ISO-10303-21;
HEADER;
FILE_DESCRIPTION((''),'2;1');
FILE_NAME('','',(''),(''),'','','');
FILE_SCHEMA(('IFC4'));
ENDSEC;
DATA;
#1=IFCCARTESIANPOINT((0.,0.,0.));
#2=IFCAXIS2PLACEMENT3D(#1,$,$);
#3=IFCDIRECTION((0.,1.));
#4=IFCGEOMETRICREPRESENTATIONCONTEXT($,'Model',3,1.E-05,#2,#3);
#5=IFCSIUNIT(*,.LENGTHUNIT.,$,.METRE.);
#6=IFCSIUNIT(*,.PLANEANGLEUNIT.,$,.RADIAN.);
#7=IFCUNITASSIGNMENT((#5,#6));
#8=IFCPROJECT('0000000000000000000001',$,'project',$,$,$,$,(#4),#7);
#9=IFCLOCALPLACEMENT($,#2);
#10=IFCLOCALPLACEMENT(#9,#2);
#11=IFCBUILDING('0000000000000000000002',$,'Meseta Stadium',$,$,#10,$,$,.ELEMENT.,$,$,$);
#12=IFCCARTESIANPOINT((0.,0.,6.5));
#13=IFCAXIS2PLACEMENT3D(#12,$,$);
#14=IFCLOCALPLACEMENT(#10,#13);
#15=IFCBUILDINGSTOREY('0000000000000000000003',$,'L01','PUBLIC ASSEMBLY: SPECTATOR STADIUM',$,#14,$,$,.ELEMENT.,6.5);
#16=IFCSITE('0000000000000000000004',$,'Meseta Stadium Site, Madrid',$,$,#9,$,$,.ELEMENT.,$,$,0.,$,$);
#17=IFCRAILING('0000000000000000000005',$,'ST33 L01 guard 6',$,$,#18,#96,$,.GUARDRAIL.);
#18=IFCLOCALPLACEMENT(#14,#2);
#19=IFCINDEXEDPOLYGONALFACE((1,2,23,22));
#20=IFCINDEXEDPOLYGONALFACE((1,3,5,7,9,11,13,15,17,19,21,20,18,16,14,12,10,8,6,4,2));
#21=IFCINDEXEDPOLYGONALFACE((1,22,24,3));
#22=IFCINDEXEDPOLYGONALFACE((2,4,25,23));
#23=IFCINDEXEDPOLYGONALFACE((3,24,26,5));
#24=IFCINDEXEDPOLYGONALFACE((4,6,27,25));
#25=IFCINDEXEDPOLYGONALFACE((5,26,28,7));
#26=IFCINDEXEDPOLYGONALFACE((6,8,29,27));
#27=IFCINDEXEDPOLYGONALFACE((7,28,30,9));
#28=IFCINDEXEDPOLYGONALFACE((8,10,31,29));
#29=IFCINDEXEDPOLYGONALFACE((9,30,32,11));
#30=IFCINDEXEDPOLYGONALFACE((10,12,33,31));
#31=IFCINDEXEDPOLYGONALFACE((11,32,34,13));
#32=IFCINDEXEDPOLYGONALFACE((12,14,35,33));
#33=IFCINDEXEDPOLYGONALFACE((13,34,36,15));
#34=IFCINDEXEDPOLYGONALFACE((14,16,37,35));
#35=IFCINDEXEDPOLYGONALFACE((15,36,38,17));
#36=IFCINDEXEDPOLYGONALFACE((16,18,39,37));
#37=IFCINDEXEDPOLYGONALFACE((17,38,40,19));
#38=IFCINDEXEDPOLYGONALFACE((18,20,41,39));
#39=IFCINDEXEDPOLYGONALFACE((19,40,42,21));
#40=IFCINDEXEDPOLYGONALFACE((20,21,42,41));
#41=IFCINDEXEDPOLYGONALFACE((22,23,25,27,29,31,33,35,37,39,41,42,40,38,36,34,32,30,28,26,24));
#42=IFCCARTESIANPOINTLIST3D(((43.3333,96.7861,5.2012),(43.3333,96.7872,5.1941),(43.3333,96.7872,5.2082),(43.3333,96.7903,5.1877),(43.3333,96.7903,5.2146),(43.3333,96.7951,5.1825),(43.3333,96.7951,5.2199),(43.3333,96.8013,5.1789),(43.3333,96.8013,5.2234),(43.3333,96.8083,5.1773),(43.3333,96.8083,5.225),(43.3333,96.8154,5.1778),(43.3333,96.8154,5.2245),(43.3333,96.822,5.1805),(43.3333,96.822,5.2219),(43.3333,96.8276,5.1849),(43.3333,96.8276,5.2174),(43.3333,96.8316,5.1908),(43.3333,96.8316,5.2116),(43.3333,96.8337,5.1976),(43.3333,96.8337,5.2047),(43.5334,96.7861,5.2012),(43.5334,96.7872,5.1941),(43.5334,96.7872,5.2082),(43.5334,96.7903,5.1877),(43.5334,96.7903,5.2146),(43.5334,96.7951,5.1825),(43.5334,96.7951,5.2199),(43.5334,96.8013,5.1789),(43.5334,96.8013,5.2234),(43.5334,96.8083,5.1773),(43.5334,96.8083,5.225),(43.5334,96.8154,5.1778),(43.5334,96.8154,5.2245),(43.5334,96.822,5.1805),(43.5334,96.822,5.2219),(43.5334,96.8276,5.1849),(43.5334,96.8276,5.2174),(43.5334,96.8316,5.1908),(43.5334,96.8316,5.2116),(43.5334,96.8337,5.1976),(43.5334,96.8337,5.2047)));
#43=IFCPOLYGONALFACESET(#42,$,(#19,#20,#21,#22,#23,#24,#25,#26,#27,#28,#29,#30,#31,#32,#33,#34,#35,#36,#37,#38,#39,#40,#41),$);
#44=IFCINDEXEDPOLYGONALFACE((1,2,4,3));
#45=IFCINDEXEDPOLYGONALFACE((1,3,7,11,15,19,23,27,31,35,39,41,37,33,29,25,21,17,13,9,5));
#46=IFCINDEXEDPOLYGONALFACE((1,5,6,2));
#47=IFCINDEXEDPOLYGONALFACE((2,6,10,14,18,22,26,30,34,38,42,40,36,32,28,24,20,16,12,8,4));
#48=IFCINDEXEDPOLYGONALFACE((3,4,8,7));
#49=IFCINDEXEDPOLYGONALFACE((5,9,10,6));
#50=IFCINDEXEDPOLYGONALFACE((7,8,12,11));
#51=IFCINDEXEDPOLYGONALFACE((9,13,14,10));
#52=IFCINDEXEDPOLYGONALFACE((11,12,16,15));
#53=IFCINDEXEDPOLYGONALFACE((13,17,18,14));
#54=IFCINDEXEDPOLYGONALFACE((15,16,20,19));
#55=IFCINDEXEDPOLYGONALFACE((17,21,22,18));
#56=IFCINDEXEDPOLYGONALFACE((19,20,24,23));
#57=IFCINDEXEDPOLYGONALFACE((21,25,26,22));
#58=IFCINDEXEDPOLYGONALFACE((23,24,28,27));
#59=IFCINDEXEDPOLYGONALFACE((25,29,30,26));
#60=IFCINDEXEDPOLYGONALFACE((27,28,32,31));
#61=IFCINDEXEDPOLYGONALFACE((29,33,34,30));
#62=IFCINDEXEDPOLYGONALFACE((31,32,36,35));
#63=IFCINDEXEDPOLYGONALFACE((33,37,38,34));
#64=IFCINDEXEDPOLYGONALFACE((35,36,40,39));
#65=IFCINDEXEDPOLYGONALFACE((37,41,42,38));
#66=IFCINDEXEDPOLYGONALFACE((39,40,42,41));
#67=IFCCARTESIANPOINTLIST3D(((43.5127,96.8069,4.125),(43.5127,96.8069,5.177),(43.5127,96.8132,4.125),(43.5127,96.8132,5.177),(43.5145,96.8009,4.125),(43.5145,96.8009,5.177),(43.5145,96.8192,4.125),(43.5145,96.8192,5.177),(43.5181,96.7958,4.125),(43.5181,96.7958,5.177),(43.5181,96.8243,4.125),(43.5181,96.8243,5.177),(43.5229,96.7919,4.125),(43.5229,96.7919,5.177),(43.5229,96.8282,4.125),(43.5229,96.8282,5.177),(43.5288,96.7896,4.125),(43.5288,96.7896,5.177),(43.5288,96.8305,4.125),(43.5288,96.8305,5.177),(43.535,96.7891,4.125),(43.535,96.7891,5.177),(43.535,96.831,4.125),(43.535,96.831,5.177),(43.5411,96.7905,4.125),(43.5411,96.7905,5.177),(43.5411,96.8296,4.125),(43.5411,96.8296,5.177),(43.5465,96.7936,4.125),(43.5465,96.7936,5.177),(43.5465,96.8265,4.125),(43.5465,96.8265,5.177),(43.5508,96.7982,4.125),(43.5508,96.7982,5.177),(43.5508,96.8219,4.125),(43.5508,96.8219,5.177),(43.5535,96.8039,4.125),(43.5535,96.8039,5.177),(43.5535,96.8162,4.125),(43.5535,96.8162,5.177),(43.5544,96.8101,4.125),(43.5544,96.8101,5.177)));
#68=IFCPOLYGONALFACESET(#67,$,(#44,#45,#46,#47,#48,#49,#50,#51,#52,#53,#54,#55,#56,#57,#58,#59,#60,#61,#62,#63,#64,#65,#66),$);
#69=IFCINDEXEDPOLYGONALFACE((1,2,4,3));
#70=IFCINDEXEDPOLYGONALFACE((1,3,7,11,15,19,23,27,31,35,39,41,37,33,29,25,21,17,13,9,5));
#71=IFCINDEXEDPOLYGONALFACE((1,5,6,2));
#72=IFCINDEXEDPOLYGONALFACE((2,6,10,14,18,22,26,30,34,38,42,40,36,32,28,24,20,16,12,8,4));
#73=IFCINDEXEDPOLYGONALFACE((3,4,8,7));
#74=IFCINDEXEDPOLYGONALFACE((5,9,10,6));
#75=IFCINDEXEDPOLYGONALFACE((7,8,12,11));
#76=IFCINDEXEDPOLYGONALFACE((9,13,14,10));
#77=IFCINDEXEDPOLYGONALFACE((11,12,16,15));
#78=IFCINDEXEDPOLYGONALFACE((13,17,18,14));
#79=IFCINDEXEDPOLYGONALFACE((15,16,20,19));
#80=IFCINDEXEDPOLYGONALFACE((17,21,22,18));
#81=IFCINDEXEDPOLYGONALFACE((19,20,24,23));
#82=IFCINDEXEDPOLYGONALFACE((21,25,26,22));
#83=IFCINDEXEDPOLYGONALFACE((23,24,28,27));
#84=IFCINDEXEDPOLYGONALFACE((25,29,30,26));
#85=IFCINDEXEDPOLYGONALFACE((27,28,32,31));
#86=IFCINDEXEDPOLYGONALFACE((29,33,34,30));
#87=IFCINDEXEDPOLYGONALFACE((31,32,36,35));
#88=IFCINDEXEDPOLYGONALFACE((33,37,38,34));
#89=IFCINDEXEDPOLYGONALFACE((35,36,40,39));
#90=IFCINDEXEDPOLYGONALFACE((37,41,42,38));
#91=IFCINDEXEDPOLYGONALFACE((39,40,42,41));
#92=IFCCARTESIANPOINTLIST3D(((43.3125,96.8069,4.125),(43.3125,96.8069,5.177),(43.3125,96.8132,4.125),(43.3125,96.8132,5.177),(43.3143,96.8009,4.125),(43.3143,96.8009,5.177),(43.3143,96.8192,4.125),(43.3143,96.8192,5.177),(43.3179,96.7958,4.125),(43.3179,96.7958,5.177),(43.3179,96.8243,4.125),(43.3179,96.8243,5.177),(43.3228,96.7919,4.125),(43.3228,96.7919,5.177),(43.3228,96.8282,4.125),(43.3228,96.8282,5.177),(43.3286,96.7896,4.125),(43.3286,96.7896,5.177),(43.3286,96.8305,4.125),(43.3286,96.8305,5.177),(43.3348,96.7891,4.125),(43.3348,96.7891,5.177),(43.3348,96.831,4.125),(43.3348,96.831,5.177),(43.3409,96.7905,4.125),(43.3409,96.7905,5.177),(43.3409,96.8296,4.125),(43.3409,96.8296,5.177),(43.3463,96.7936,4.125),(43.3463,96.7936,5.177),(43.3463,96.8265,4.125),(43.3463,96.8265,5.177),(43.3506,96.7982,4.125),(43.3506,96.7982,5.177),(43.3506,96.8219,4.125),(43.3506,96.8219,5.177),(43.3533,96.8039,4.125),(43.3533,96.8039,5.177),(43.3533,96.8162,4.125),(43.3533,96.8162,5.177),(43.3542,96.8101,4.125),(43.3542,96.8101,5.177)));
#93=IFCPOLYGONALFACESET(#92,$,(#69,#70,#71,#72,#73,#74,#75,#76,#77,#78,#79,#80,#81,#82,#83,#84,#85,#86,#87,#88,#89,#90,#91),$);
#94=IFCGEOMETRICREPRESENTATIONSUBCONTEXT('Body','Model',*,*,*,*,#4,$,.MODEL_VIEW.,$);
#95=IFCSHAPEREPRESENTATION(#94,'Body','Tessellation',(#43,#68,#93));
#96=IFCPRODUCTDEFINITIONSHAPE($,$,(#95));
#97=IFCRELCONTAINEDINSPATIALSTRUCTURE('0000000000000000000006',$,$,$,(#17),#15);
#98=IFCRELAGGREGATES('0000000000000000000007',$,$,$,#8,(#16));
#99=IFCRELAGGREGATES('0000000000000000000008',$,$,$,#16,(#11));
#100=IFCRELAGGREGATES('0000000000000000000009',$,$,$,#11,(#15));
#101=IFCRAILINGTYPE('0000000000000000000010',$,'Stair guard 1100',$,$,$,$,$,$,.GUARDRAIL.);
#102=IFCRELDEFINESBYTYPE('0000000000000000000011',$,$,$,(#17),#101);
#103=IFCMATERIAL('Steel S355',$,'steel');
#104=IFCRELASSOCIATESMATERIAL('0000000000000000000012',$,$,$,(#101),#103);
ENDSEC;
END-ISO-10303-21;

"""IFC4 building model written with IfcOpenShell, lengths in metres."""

from ifc_helpers import new_model, si_unit, direction, frame, origin, origin_2d, place, context, subcontext, project, spatial, circle, extrude, material, type_object, element, save


model = new_model("IFC4")

# Units and contexts
model_context = context("Model", 3, precision=1e-05, world=origin(), true_north=direction((0.0, 1.0)))
body_context = subcontext(model_context, "Body", "Model", "MODEL_VIEW")
ifc_project = project(units=[si_unit("LENGTHUNIT", "METRE"), si_unit("PLANEANGLEUNIT", "RADIAN")], contexts=[model_context])

# Site, building, storey
site_placement = place(None, origin())
site = spatial("IfcSite", under=ifc_project, at=site_placement, Name="Meseta Stadium Site, Madrid", CompositionType="ELEMENT", RefElevation=0.0)
building_placement = place(site_placement, origin())
building = spatial("IfcBuilding", under=site, at=building_placement, Name="Meseta Stadium", CompositionType="ELEMENT")
storey_placement = place(building_placement, frame((0.0, 0.0, 6.5)))
storey = spatial("IfcBuildingStorey", under=building, at=storey_placement, Name="L01", Description="PUBLIC ASSEMBLY: SPECTATOR STADIUM", CompositionType="ELEMENT", Elevation=6.5)

# Railing
ifc_material_1 = material(Name="Steel S355", Category="steel")
railing_type_1 = type_object("IfcRailingType", Name="Stair guard 1100", PredefinedType="GUARDRAIL", material=ifc_material_1)
railing_1_placement = place(storey_placement, frame((43.5334, 96.8101, 4.125)))
element("IfcRailing", 1, at=railing_1_placement, inside=storey, type_object=railing_type_1, Name="ST33 L01 guard 6", PredefinedType="GUARDRAIL", context=body_context, shape_type="SweptSolid", body=[
    extrude(circle(Radius=0.0239, at=origin_2d()), frame((0.0, 0.0, 1.0762), z_axis=(-1.0, 0.0, 0.0), x_axis=(0.0, -1.0, 0.0)), (0.0, 0.0, 1.0), 0.2002),
    extrude(circle(Radius=0.021, at=origin_2d()), origin(), (0.0, 0.0, 1.0), 1.052),
    extrude(circle(Radius=0.021, at=origin_2d()), frame((-0.2002, 0.0, 0.0)), (0.0, 0.0, 1.0), 1.052),
])

save(model, "model.ifc")
